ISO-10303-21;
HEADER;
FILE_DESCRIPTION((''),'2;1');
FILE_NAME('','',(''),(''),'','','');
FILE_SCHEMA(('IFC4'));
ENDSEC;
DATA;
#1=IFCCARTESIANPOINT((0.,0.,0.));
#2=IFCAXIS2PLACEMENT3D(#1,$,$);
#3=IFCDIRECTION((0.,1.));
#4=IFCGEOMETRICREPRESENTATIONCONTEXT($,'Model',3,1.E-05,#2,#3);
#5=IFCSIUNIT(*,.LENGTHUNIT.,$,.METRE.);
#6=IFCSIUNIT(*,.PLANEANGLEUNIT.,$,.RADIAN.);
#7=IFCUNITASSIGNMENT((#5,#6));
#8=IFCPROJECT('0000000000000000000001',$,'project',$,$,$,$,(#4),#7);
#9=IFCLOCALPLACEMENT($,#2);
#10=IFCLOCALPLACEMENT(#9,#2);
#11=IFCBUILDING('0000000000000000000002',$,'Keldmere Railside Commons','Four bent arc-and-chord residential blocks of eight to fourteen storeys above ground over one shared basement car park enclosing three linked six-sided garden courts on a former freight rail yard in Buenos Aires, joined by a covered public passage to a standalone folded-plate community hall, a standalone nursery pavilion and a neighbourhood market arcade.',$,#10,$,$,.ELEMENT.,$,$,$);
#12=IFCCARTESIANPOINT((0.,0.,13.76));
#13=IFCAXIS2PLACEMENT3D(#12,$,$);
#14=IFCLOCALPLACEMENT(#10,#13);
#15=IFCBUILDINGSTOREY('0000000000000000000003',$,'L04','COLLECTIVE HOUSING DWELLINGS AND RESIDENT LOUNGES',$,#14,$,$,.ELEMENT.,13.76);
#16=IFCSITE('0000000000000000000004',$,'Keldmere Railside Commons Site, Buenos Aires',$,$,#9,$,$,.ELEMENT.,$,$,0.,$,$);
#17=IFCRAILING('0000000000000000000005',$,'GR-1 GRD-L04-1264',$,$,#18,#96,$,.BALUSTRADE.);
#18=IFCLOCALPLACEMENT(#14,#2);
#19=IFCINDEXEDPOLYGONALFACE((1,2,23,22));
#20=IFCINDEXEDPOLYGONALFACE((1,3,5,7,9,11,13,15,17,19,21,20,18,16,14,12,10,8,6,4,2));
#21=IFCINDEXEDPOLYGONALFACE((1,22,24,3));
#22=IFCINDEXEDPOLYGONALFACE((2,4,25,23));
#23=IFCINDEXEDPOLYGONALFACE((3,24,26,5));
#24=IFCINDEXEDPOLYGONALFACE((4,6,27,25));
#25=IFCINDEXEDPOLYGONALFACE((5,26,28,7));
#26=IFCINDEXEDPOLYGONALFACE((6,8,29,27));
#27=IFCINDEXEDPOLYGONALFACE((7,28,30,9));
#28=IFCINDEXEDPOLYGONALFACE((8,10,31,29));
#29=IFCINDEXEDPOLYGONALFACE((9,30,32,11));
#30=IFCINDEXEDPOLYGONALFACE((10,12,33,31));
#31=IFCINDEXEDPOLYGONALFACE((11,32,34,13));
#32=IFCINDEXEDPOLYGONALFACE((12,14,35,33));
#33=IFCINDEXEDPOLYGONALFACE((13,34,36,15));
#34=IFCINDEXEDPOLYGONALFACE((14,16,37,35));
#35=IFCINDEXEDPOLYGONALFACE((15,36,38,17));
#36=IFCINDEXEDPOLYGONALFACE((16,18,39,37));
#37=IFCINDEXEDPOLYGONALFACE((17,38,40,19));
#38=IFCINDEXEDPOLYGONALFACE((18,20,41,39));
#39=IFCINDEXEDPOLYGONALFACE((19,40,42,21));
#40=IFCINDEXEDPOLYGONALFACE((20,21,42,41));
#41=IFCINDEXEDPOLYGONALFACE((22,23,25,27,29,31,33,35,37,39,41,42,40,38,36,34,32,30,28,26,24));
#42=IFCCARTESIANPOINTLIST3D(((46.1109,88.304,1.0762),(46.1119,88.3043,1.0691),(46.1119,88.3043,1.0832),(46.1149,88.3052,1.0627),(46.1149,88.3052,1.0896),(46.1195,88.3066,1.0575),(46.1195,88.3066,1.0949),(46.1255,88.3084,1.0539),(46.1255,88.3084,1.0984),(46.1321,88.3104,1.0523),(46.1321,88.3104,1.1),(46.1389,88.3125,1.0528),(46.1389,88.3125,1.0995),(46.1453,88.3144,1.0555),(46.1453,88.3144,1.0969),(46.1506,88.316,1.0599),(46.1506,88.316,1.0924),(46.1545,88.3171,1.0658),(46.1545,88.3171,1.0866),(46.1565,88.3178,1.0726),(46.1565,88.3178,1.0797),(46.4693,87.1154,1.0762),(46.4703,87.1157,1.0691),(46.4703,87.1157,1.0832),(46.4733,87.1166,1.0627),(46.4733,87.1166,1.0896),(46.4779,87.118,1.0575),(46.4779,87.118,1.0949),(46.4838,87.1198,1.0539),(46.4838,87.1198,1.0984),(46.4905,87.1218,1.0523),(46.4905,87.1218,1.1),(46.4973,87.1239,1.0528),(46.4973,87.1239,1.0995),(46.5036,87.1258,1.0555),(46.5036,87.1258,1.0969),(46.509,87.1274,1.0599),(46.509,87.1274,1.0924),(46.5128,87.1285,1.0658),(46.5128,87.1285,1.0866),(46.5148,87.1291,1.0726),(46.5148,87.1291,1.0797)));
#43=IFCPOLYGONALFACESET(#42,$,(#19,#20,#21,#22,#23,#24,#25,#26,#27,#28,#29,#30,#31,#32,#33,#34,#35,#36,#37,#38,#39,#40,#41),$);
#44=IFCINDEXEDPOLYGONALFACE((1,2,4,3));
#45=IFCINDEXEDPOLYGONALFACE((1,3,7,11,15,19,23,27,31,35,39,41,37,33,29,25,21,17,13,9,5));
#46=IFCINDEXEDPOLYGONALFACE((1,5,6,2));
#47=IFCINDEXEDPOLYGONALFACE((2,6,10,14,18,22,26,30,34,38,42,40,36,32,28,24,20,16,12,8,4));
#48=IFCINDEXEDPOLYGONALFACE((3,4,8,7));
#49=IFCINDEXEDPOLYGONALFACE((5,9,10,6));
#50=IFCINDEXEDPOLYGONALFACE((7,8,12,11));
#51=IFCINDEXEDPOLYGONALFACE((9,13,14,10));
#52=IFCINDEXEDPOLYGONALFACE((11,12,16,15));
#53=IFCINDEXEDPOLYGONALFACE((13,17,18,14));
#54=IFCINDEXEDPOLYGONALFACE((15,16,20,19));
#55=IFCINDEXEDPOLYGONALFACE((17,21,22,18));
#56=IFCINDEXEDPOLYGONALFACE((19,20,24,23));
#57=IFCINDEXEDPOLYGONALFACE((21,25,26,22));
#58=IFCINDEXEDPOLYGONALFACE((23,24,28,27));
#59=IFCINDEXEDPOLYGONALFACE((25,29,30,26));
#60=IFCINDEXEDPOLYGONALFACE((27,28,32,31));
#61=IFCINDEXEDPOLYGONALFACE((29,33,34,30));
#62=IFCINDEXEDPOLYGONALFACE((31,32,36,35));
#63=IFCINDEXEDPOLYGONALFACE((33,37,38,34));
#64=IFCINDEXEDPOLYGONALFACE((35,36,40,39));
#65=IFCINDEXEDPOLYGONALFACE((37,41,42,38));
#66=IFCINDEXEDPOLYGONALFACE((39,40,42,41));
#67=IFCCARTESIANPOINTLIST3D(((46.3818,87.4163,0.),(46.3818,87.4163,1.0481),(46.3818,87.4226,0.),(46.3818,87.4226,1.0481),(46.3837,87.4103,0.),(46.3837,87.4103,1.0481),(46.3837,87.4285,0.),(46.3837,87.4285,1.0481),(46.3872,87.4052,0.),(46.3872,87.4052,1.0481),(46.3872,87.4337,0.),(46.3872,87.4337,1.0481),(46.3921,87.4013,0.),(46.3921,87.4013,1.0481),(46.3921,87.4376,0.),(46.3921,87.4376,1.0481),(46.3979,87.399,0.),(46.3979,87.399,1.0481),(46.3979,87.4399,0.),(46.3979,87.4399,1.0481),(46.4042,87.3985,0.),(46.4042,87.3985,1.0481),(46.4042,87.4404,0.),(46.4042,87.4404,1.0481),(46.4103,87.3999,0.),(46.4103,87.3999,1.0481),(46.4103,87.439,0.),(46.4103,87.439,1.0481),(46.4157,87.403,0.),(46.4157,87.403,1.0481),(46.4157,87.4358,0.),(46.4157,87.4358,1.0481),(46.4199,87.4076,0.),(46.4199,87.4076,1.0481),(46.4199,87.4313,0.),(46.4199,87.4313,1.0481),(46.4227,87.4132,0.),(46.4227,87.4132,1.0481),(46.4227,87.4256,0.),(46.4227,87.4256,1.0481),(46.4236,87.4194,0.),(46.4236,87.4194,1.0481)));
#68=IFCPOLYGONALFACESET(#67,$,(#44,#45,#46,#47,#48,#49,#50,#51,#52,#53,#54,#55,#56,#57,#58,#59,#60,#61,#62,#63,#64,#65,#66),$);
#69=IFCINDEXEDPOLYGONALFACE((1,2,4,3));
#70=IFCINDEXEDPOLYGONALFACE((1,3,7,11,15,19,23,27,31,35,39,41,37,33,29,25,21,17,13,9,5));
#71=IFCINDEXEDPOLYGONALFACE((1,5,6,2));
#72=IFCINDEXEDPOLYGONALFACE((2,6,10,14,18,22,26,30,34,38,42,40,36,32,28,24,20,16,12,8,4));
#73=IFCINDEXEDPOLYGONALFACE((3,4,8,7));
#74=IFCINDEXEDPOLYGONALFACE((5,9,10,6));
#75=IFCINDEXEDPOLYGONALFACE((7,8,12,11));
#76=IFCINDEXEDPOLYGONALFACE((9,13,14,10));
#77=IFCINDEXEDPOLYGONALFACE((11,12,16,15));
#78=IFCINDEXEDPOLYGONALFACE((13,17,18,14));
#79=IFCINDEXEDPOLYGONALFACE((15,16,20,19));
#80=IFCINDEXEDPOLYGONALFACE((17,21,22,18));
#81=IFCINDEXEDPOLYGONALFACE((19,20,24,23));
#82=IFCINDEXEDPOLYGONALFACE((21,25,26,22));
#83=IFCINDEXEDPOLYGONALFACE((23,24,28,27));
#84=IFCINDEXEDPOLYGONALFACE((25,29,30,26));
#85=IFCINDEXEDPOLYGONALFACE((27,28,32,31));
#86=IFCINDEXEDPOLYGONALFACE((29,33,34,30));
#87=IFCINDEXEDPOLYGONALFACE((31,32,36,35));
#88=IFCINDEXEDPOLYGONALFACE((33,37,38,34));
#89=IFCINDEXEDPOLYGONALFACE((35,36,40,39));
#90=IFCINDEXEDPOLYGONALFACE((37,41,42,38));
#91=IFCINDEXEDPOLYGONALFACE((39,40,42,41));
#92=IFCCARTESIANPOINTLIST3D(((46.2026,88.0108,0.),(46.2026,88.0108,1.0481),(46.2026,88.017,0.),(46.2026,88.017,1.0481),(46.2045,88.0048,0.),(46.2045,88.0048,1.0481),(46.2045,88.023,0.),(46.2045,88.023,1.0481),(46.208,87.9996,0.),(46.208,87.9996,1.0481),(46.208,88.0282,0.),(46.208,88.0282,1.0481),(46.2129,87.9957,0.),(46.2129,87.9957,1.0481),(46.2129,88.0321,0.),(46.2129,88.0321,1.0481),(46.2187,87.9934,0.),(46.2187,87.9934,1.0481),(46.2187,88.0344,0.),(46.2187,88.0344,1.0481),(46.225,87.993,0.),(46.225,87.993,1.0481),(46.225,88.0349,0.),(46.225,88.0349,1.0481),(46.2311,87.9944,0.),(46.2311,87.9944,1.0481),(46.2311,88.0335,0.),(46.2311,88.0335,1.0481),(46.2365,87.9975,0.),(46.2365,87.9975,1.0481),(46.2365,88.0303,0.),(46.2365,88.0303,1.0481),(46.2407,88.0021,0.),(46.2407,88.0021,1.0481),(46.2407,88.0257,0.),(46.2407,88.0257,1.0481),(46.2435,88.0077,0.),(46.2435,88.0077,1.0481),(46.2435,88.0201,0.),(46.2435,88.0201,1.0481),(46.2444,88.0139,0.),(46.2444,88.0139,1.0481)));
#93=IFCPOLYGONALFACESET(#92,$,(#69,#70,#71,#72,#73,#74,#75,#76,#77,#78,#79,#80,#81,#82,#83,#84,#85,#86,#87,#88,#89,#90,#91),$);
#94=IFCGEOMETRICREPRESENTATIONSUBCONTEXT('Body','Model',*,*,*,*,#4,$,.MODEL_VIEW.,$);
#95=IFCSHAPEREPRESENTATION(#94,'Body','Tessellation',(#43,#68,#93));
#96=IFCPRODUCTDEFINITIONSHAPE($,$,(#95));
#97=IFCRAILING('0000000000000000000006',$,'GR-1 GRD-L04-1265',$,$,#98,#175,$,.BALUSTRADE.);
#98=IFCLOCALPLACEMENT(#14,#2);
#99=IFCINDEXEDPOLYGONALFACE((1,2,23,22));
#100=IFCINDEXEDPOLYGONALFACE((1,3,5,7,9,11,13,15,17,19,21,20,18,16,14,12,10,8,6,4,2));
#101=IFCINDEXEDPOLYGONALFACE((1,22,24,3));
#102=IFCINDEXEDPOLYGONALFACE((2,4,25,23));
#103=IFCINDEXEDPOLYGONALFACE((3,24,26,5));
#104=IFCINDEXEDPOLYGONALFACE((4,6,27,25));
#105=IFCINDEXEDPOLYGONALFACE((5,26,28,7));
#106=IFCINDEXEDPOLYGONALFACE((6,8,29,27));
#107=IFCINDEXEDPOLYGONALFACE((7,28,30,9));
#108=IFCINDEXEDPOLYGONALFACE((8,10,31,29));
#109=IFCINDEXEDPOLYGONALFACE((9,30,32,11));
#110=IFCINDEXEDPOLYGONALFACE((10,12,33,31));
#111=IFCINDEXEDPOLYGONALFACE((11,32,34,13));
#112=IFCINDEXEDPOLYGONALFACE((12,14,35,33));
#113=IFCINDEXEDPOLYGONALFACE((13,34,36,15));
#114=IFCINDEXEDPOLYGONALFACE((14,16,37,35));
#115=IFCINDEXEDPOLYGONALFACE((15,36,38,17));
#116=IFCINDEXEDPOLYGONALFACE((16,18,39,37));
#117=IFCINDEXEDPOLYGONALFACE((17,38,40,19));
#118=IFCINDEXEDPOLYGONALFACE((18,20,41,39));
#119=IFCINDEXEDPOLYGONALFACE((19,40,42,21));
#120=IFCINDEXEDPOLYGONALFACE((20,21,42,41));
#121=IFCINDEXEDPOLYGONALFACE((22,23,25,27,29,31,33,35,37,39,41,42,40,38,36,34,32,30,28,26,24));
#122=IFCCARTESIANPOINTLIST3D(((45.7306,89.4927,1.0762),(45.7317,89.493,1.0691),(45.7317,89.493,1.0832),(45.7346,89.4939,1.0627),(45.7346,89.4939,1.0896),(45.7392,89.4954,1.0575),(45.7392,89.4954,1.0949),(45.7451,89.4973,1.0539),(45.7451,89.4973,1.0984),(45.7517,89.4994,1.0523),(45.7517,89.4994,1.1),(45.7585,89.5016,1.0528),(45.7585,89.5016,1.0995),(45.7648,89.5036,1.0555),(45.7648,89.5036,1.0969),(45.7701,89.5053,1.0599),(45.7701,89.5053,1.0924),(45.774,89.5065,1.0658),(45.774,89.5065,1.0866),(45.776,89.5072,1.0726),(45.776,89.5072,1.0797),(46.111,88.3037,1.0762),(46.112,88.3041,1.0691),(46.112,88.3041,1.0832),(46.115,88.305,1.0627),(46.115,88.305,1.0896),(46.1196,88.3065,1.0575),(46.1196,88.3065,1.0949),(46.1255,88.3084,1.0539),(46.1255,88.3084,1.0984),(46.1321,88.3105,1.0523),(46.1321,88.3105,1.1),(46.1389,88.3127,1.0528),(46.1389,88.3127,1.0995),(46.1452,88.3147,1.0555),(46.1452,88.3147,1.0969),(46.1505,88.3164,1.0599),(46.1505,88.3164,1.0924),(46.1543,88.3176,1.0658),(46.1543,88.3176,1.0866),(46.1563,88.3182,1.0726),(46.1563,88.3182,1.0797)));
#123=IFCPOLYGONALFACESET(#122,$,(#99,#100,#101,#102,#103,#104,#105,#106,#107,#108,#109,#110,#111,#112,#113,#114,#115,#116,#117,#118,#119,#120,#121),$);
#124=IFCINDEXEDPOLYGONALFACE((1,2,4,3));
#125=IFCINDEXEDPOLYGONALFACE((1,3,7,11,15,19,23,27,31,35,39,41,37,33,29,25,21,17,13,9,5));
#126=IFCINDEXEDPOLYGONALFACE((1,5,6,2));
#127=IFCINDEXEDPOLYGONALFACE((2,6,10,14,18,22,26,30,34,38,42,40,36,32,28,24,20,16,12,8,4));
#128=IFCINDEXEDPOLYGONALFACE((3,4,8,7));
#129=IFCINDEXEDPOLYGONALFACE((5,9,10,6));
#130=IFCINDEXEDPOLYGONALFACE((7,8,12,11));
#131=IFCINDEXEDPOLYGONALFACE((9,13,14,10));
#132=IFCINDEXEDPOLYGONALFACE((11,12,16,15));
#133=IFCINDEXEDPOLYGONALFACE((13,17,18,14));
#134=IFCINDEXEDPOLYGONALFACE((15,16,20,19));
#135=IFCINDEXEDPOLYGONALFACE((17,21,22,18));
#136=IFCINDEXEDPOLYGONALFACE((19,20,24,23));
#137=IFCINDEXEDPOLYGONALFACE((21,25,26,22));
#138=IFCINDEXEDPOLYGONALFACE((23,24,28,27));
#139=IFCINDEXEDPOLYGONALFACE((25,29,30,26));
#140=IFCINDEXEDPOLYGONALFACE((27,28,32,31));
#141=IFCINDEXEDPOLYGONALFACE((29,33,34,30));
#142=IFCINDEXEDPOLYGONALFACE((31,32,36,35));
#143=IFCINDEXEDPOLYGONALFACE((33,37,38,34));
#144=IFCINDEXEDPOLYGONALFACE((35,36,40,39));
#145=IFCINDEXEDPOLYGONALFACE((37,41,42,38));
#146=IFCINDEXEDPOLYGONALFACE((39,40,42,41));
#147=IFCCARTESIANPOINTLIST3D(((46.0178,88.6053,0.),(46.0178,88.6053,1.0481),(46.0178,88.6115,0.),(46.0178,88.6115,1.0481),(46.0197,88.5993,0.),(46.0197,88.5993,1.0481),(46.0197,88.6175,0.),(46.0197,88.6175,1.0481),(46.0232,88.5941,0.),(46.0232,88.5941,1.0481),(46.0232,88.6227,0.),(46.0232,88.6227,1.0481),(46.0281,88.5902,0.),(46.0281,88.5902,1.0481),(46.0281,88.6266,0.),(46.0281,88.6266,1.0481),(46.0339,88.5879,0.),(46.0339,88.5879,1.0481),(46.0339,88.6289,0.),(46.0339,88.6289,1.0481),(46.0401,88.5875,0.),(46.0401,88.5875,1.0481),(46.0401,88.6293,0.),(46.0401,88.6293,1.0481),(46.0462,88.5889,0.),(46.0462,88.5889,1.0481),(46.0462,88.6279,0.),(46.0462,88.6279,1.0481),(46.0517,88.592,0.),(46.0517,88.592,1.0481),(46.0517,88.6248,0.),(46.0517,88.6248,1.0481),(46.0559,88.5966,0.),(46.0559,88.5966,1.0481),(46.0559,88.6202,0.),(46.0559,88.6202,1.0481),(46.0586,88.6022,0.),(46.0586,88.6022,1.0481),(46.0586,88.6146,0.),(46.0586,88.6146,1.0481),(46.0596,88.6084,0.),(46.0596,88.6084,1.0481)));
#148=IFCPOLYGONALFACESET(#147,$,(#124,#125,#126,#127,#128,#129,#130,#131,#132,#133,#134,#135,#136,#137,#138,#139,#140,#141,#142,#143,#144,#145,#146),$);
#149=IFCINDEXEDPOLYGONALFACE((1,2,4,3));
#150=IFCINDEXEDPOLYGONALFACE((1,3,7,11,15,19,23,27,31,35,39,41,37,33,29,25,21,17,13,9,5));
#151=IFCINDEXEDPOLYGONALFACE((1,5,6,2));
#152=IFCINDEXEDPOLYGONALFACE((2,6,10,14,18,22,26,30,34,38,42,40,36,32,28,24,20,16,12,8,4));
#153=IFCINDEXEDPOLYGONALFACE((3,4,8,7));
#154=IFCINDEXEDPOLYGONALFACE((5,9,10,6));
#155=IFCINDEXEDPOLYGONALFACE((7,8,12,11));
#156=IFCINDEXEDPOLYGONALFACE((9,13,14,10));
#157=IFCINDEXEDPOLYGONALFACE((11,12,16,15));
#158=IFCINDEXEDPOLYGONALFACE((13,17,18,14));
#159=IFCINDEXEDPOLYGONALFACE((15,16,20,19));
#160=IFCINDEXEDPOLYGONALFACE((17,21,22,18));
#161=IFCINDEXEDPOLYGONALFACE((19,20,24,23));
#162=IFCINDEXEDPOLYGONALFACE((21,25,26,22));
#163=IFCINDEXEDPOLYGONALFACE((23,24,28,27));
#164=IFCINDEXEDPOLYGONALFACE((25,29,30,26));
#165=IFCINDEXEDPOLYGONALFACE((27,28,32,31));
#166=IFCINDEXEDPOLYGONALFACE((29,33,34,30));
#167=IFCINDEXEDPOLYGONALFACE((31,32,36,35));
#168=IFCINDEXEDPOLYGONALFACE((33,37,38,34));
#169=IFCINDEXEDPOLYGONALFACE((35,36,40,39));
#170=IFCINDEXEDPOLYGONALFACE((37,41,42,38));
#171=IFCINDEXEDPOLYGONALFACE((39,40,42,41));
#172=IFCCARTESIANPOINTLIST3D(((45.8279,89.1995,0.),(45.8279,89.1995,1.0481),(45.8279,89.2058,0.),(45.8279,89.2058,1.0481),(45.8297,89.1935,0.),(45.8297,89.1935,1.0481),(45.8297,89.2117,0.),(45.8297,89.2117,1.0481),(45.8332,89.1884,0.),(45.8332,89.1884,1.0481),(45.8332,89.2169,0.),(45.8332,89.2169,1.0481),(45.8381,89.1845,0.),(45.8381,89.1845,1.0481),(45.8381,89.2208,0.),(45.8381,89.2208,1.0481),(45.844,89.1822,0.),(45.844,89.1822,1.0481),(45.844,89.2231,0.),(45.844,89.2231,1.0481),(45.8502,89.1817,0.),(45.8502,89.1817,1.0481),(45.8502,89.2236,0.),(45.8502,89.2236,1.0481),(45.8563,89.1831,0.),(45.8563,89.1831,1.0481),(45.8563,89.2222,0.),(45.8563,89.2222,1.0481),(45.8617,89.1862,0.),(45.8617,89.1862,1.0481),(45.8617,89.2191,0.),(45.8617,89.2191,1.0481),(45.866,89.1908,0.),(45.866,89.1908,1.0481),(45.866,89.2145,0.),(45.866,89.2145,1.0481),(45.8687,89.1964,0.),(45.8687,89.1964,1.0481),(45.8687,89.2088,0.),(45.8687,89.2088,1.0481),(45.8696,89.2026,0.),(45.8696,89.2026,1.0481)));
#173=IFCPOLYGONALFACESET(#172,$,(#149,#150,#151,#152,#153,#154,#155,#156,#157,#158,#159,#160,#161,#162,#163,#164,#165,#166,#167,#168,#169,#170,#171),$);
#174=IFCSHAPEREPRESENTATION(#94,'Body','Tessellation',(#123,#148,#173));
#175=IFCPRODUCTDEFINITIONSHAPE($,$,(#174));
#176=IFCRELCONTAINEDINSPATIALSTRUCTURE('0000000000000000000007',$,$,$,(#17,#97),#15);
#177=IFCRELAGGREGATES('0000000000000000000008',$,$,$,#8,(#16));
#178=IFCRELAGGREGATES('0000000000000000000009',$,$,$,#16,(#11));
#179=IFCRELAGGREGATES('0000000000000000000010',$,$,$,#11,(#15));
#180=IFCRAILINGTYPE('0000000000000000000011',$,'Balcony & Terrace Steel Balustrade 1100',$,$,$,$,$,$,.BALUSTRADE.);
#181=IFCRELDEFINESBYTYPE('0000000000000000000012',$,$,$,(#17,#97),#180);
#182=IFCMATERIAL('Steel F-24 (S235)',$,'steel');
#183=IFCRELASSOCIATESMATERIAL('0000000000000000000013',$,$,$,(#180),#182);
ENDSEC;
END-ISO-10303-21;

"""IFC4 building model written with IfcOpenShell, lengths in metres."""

from ifc_helpers import new_model, si_unit, direction, frame, origin, origin_2d, place, context, subcontext, project, spatial, circle, extrude, material, type_object, element, save


model = new_model("IFC4")

# Units and contexts
model_context = context("Model", 3, precision=1e-05, world=origin(), true_north=direction((0.0, 1.0)))
body_context = subcontext(model_context, "Body", "Model", "MODEL_VIEW")
ifc_project = project(units=[si_unit("LENGTHUNIT", "METRE"), si_unit("PLANEANGLEUNIT", "RADIAN")], contexts=[model_context])

# Site, building, storey
site_placement = place(None, origin())
site = spatial("IfcSite", under=ifc_project, at=site_placement, Name="Keldmere Railside Commons Site, Buenos Aires", CompositionType="ELEMENT", RefElevation=0.0)
building_placement = place(site_placement, origin())
building = spatial("IfcBuilding", under=site, at=building_placement, Name="Keldmere Railside Commons", Description="Four bent arc-and-chord residential blocks of eight to fourteen storeys above ground over one shared basement car park enclosing three linked six-sided garden courts on a former freight rail yard in Buenos Aires, joined by a covered public passage to a standalone folded-plate community hall, a standalone nursery pavilion and a neighbourhood market arcade.", CompositionType="ELEMENT")
storey_placement = place(building_placement, frame((0.0, 0.0, 13.76)))
storey = spatial("IfcBuildingStorey", under=building, at=storey_placement, Name="L04", Description="COLLECTIVE HOUSING DWELLINGS AND RESIDENT LOUNGES", CompositionType="ELEMENT", Elevation=13.76)

# Railings
ifc_material_1 = material(Name="Steel F-24 (S235)", Category="steel")
railing_type = type_object("IfcRailingType", Name="Balcony & Terrace Steel Balustrade 1100", PredefinedType="BALUSTRADE", material=ifc_material_1)
railing_1_placement = place(storey_placement, frame((46.4922, 87.1223, 0.0)))
element("IfcRailing", 1, at=railing_1_placement, inside=storey, type_object=railing_type, Name="GR-1 GRD-L04-1264", PredefinedType="BALUSTRADE", context=body_context, shape_type="SweptSolid", body=[
    extrude(circle(Radius=0.0239, at=origin_2d()), frame((0.0, 0.0, 1.0762), z_axis=(-0.288665, 0.95743, 0.0), x_axis=(-0.95743, -0.288665, 0.0)), (0.0, 0.0, 1.0), 1.2415),
    extrude(circle(Radius=0.021, at=origin_2d()), frame((-0.0896, 0.2971, 0.0)), (0.0, 0.0, 1.0), 1.0481),
    extrude(circle(Radius=0.021, at=origin_2d()), frame((-0.2688, 0.8916, 0.0)), (0.0, 0.0, 1.0), 1.0481),
])
railing_2_placement = place(storey_placement, frame((46.1338, 88.311, 0.0)))
element("IfcRailing", 2, at=railing_2_placement, inside=storey, type_object=railing_type, Name="GR-1 GRD-L04-1265", PredefinedType="BALUSTRADE", context=body_context, shape_type="SweptSolid", body=[
    extrude(circle(Radius=0.0239, at=origin_2d()), frame((0.0, 0.0, 1.0762), z_axis=(-0.304705, 0.952447, 0.0), x_axis=(-0.952447, -0.304705, 0.0)), (0.0, 0.0, 1.0), 1.2483),
    extrude(circle(Radius=0.021, at=origin_2d()), frame((-0.0952, 0.2974, 0.0)), (0.0, 0.0, 1.0), 1.0481),
    extrude(circle(Radius=0.021, at=origin_2d()), frame((-0.2852, 0.8916, 0.0)), (0.0, 0.0, 1.0), 1.0481),
])

save(model, "model.ifc")
